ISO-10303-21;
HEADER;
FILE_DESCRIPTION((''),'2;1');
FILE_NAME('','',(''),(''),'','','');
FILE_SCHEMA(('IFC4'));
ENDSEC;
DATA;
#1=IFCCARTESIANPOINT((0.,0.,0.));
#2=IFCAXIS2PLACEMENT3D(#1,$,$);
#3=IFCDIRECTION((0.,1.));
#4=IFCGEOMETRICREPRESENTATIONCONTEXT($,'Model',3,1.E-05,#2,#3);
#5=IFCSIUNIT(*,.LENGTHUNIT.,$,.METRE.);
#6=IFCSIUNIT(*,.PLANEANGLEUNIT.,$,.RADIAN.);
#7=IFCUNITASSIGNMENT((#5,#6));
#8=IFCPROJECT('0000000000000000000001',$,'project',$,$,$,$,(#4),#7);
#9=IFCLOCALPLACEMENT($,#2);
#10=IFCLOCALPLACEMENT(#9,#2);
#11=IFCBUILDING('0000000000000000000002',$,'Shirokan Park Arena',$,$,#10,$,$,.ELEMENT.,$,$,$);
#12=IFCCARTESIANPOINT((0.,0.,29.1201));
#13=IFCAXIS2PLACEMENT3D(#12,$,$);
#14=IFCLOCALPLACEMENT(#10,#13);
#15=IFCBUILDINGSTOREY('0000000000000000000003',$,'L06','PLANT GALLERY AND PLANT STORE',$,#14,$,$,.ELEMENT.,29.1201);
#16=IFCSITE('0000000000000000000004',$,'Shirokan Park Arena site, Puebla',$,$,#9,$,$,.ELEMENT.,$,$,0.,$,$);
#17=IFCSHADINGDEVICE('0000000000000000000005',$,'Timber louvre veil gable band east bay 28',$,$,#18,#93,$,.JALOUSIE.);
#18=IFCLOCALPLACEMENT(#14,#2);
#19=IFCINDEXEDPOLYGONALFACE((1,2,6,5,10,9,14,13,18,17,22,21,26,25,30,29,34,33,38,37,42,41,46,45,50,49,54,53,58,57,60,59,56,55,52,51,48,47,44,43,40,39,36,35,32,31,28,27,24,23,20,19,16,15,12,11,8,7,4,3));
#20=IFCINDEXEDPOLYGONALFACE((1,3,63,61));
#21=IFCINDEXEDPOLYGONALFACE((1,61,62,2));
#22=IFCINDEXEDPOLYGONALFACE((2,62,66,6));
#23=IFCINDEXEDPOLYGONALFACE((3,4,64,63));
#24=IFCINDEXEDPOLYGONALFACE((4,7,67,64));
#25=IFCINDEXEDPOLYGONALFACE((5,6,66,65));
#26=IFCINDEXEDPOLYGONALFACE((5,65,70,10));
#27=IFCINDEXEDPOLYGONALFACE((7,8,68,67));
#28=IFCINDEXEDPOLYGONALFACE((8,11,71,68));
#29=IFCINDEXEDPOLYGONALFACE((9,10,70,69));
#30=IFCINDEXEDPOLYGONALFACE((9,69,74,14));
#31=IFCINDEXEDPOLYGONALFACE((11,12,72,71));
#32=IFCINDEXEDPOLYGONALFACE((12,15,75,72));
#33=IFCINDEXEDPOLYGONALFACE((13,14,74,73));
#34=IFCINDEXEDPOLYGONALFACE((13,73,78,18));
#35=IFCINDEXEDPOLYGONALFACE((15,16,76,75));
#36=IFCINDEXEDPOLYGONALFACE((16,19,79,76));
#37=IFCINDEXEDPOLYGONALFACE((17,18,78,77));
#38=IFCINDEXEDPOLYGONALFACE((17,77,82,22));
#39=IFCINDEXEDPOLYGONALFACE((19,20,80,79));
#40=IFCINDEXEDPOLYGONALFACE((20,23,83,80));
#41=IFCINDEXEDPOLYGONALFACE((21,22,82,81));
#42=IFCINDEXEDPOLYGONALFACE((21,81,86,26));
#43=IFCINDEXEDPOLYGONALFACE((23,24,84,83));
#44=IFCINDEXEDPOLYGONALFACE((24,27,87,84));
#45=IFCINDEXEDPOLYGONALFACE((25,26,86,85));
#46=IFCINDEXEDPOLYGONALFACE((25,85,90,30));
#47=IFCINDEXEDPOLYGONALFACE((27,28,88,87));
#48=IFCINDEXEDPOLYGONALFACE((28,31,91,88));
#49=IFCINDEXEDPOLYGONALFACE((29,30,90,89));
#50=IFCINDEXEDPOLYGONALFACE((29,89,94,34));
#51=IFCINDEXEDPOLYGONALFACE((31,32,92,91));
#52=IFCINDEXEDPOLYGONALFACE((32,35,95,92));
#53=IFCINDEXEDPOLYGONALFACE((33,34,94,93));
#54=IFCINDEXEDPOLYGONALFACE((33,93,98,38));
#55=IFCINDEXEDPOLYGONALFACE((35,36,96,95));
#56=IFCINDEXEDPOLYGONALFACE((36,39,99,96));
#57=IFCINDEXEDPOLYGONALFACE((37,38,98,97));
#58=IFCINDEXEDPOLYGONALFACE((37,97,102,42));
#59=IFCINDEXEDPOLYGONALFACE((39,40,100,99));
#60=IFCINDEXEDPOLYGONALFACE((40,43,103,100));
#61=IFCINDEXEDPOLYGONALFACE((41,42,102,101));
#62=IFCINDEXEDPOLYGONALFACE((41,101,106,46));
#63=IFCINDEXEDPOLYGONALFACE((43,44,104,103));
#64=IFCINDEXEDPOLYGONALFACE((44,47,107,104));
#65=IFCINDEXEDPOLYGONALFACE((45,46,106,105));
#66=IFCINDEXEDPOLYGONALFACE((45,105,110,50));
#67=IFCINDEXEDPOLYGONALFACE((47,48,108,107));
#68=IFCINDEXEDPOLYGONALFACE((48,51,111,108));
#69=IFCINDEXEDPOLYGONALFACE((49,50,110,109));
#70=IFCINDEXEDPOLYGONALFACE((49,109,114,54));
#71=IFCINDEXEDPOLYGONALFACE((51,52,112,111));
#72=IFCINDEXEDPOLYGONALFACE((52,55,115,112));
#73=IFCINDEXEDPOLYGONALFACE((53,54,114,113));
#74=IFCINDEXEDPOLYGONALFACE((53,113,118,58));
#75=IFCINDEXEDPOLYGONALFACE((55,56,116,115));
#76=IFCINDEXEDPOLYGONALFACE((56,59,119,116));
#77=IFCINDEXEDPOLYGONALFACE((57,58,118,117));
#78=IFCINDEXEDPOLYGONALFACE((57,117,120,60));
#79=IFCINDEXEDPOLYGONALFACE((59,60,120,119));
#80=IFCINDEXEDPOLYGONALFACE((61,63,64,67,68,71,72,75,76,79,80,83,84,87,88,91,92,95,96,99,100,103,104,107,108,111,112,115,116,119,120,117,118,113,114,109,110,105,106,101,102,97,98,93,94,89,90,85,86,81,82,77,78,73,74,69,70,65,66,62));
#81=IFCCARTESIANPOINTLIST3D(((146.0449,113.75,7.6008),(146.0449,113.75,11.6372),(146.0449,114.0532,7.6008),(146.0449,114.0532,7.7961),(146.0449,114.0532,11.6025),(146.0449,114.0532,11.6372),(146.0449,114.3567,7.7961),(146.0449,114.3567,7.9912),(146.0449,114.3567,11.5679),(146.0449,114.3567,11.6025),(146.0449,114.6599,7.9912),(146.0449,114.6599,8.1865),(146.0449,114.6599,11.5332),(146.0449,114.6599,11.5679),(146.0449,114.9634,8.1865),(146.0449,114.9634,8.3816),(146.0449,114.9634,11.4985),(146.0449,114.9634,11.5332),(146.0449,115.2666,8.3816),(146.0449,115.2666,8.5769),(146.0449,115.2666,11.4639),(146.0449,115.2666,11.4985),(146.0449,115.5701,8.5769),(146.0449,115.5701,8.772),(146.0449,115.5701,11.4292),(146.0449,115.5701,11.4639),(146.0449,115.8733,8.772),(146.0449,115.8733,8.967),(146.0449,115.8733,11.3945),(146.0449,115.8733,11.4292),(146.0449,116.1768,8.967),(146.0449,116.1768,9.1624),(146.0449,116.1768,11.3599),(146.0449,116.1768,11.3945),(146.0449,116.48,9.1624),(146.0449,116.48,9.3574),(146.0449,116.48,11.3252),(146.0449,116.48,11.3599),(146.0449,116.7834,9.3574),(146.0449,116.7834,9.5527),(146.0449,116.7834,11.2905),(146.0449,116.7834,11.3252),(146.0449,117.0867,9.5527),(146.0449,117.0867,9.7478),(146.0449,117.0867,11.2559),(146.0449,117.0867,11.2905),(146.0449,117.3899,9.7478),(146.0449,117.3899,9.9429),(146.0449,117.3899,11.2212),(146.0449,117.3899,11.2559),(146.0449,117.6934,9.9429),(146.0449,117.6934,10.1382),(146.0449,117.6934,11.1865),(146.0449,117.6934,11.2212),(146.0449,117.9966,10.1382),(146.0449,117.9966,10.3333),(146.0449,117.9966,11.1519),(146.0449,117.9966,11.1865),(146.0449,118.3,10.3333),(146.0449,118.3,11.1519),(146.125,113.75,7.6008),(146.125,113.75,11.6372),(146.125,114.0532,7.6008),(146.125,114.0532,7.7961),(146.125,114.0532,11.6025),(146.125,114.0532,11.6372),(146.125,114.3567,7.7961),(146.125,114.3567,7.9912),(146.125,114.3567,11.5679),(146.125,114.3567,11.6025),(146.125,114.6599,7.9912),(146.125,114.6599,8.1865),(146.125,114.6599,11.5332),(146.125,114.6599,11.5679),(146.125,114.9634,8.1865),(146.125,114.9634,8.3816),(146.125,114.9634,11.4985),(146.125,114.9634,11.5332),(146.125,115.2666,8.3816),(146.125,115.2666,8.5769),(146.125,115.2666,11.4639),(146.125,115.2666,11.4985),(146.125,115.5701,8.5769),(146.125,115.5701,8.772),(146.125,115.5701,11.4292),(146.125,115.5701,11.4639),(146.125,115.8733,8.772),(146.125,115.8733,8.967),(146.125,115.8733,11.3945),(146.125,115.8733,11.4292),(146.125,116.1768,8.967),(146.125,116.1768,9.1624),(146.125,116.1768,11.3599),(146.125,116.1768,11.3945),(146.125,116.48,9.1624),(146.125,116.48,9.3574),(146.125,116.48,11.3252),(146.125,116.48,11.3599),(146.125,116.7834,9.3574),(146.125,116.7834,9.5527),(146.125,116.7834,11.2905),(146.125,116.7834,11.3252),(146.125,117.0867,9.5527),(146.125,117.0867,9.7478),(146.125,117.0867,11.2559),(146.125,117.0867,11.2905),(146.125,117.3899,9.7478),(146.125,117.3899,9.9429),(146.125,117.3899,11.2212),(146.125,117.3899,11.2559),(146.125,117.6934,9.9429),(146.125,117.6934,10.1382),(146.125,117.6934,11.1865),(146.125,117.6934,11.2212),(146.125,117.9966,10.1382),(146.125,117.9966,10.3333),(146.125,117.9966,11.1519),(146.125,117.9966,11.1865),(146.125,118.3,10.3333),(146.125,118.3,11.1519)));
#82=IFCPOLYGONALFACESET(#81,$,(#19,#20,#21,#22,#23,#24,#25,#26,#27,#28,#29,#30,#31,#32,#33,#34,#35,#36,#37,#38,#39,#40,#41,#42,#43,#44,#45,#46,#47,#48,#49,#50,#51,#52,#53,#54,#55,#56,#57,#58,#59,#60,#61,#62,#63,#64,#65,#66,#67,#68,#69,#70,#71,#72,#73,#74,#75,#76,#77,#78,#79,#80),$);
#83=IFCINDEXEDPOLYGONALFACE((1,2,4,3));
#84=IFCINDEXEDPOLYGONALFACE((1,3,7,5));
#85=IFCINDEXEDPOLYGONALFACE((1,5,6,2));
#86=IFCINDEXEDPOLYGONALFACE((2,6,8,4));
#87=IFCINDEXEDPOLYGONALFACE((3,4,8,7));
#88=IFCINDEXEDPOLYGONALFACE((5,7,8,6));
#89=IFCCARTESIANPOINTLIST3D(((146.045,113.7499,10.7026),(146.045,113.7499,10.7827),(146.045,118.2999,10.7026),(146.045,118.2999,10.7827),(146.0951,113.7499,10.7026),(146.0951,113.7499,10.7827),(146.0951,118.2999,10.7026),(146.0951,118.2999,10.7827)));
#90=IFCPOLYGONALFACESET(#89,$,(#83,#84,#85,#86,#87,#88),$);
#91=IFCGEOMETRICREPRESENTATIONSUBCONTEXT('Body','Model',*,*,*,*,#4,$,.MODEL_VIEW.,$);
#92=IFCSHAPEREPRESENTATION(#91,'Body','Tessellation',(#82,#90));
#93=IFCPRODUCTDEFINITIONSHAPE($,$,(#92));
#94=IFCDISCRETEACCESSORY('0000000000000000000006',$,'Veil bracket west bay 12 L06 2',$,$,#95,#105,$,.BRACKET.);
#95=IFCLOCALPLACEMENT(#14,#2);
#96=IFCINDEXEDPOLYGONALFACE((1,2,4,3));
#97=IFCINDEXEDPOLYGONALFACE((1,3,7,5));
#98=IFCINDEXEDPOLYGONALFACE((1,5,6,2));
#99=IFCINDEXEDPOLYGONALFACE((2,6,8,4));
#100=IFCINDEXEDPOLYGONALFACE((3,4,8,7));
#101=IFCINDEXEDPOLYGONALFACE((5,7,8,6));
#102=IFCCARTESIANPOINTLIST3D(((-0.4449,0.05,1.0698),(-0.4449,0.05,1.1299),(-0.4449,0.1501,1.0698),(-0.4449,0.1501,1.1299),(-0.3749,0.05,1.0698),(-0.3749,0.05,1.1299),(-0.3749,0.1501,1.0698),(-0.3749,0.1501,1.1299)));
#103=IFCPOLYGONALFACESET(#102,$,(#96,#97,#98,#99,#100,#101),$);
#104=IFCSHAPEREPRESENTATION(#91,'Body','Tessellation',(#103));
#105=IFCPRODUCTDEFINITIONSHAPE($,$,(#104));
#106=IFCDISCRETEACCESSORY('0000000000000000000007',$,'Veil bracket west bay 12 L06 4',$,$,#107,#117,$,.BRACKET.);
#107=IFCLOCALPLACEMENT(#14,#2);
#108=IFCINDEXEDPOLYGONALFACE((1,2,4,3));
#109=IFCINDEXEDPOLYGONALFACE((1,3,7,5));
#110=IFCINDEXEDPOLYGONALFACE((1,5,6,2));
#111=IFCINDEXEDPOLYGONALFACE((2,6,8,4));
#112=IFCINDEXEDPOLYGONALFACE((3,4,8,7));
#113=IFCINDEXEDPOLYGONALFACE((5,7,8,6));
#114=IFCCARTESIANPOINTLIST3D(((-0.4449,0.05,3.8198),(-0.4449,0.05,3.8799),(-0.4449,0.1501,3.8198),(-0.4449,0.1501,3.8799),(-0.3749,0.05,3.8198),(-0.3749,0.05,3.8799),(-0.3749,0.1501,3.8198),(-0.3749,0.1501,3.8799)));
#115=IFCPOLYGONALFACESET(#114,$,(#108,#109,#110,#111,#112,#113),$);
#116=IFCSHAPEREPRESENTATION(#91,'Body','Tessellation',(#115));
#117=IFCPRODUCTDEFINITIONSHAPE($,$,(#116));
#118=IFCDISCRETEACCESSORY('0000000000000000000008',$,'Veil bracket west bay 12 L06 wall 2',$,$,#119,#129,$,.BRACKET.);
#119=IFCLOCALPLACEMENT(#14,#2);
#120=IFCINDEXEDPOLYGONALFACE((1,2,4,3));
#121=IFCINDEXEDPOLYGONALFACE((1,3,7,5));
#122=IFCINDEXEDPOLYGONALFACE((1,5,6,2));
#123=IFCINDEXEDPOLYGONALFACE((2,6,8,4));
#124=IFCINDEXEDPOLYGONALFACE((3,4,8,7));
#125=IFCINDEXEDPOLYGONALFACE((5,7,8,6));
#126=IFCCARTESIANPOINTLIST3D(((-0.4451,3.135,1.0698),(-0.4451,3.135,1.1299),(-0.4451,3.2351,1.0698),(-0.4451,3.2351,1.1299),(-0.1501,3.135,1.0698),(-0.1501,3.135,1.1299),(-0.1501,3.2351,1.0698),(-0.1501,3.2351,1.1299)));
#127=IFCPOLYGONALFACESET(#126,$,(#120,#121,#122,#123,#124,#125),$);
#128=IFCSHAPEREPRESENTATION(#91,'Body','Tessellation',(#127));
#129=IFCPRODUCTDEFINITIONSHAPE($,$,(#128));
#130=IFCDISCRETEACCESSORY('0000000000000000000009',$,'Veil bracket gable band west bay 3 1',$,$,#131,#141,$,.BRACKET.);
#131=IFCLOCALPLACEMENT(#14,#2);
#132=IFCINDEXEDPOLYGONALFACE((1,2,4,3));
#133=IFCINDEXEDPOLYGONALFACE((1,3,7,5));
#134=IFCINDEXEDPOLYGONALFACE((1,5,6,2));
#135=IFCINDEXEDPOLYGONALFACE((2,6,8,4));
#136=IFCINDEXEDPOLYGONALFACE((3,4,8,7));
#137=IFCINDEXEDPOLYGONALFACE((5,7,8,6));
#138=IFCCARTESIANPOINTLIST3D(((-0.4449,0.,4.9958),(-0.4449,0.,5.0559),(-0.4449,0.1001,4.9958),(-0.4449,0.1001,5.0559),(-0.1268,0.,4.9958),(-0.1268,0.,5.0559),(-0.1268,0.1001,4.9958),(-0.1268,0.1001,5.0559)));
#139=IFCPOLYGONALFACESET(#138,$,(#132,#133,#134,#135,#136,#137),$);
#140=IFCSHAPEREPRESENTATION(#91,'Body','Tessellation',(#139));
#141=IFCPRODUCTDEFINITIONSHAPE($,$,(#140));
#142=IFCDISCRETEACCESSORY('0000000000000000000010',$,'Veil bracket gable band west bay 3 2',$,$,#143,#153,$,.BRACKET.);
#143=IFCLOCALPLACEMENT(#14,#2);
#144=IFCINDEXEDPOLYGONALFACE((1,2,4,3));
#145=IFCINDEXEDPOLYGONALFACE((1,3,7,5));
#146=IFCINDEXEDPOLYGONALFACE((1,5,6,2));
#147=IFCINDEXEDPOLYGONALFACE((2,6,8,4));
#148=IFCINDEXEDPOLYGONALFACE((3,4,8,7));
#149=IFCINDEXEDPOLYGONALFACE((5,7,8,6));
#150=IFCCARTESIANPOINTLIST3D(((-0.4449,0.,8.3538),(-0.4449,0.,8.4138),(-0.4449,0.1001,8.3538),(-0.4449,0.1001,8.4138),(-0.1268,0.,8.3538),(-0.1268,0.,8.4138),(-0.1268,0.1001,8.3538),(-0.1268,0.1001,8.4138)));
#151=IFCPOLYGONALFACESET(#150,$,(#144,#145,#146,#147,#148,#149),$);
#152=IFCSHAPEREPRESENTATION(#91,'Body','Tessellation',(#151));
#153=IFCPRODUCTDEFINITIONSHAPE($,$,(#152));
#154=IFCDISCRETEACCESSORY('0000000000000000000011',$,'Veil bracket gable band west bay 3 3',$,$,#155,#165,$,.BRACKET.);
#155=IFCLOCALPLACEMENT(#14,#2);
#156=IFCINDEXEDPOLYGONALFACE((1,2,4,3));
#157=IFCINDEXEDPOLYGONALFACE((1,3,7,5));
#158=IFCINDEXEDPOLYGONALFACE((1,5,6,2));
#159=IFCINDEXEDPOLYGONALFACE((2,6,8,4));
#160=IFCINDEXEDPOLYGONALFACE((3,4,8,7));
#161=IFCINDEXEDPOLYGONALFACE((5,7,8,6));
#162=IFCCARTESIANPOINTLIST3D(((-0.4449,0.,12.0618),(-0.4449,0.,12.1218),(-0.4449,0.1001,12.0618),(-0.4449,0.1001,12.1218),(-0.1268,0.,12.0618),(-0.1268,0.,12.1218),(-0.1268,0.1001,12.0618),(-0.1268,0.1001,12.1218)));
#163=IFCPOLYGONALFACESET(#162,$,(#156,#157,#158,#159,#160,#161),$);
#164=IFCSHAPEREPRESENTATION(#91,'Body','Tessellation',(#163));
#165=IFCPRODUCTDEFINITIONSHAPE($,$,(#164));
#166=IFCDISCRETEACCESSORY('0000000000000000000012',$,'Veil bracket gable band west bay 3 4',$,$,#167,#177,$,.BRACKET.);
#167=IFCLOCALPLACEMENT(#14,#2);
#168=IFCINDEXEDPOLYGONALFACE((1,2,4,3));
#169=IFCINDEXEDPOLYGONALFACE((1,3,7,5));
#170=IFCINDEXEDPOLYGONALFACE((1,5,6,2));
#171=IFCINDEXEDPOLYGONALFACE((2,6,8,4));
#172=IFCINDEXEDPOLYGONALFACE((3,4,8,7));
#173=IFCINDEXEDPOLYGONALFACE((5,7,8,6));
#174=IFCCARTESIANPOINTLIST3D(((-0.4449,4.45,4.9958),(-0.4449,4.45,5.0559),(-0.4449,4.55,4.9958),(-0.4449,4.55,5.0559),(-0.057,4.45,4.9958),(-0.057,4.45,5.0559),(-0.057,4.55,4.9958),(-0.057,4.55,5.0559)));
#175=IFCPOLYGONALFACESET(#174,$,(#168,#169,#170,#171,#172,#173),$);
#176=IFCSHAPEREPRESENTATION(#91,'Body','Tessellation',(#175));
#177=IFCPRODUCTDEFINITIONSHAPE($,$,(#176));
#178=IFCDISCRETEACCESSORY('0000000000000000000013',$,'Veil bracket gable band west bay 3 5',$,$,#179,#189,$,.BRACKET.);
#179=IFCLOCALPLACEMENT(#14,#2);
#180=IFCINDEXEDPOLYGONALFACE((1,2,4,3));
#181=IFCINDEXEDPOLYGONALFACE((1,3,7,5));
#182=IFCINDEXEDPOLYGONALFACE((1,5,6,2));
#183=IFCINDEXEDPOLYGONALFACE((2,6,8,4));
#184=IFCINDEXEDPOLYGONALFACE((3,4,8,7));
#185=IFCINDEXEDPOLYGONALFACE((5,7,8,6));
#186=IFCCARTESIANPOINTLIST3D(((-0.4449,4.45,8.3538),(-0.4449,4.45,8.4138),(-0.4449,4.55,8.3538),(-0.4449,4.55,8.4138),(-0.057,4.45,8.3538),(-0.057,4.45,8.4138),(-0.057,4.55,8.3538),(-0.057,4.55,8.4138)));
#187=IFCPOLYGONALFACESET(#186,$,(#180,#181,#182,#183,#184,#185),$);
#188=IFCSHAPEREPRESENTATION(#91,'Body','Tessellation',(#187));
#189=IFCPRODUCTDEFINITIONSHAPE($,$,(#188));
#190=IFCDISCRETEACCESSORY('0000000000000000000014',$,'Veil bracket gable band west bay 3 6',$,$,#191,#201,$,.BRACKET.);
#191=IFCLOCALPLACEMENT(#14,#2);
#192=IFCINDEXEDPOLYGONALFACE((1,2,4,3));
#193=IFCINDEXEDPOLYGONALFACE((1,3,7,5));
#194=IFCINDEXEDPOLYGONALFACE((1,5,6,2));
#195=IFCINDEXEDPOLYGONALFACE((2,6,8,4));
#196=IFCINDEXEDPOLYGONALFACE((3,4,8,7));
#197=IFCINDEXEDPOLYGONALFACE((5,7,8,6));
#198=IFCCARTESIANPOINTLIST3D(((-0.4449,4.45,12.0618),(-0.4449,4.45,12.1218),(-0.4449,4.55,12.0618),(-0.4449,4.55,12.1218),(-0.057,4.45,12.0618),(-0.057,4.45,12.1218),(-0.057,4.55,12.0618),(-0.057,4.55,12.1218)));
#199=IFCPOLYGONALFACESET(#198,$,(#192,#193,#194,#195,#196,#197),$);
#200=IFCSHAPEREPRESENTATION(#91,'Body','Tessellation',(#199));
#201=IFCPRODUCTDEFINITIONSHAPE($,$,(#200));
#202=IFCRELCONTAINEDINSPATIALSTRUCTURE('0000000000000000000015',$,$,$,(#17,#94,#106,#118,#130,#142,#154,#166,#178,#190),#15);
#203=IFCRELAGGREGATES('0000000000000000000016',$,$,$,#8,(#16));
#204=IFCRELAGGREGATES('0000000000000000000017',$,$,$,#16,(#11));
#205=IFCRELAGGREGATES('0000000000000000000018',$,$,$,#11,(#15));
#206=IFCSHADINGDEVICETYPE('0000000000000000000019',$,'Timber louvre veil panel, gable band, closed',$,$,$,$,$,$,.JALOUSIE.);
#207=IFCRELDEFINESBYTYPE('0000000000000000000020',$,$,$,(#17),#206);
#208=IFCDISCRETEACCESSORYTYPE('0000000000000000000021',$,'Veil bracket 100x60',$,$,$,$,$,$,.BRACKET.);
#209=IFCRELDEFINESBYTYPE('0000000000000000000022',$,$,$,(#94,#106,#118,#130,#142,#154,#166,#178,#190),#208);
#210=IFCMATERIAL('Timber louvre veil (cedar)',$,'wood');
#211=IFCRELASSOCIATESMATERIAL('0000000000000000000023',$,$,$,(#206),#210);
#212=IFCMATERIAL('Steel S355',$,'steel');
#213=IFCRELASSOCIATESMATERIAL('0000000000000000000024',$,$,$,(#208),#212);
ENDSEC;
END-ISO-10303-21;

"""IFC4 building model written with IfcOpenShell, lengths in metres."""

from ifc_helpers import new_model, si_unit, direction, frame, origin, origin_2d, place, context, subcontext, project, spatial, polyline, rectangle, outline, extrude, material, type_object, element, save


model = new_model("IFC4")

# Units and contexts
model_context = context("Model", 3, precision=1e-05, world=origin(), true_north=direction((0.0, 1.0)))
body_context = subcontext(model_context, "Body", "Model", "MODEL_VIEW")
ifc_project = project(units=[si_unit("LENGTHUNIT", "METRE"), si_unit("PLANEANGLEUNIT", "RADIAN")], contexts=[model_context])

# Site, building, storey
site_placement = place(None, origin())
site = spatial("IfcSite", under=ifc_project, at=site_placement, Name="Shirokan Park Arena site, Puebla", CompositionType="ELEMENT", RefElevation=0.0)
building_placement = place(site_placement, origin())
building = spatial("IfcBuilding", under=site, at=building_placement, Name="Shirokan Park Arena", CompositionType="ELEMENT")
storey_placement = place(building_placement, frame((0.0, 0.0, 29.1201)))
storey = spatial("IfcBuildingStorey", under=building, at=storey_placement, Name="L06", Description="PLANT GALLERY AND PLANT STORE", CompositionType="ELEMENT", Elevation=29.1201)

# Shading device
ifc_material_1 = material(Name="Timber louvre veil (cedar)", Category="wood")
shading_device_type = type_object("IfcShadingDeviceType", Name="Timber louvre veil panel, gable band, closed", PredefinedType="JALOUSIE", material=ifc_material_1)
shading_device_1_placement = place(storey_placement, origin())
element("IfcShadingDevice", 1, at=shading_device_1_placement, inside=storey, type_object=shading_device_type, Name="Timber louvre veil gable band east bay 28", PredefinedType="JALOUSIE", context=body_context, shape_type="SweptSolid", body=[
    extrude(outline(polyline([(113.75, 11.6372), (113.75, 7.6008), (114.0532, 7.6008), (114.0532, 7.7961), (114.3567, 7.7961), (114.3567, 7.9912), (114.6599, 7.9912), (114.6599, 8.1865), (114.9634, 8.1865), (114.9634, 8.3816), (115.2666, 8.3816), (115.2666, 8.5769), (115.5701, 8.5769), (115.5701, 8.772), (115.8733, 8.772), (115.8733, 8.967), (116.1768, 8.967), (116.1768, 9.1624), (116.48, 9.1624), (116.48, 9.3574), (116.7834, 9.3574), (116.7834, 9.5527), (117.0867, 9.5527), (117.0867, 9.7478), (117.3899, 9.7478), (117.3899, 9.9429), (117.6934, 9.9429), (117.6934, 10.1382), (117.9966, 10.1382), (117.9966, 10.3333), (118.3, 10.3333), (118.3, 11.1519), (117.9966, 11.1519), (117.9966, 11.1865), (117.6934, 11.1865), (117.6934, 11.2212), (117.3899, 11.2212), (117.3899, 11.2559), (117.0867, 11.2559), (117.0867, 11.2905), (116.7834, 11.2905), (116.7834, 11.3252), (116.48, 11.3252), (116.48, 11.3599), (116.1768, 11.3599), (116.1768, 11.3945), (115.8733, 11.3945), (115.8733, 11.4292), (115.5701, 11.4292), (115.5701, 11.4639), (115.2666, 11.4639), (115.2666, 11.4985), (114.9634, 11.4985), (114.9634, 11.5332), (114.6599, 11.5332), (114.6599, 11.5679), (114.3567, 11.5679), (114.3567, 11.6025), (114.0532, 11.6025), (114.0532, 11.6372), (113.75, 11.6372)])), frame((146.0449, 0.0, 0.0), z_axis=(1.0, 0.0, 0.0), x_axis=(0.0, 1.0, 0.0)), (0.0, 0.0, 1.0), 0.0801),
    extrude(rectangle(XDim=0.05, YDim=4.55, at=origin_2d()), frame((146.0701, 116.0249, 10.7026), z_axis=(0.0, 0.0, 1.0), x_axis=(1.0, 0.0, 0.0)), (0.0, 0.0, 1.0), 0.0801),
])

# Discrete accessories
ifc_material_2 = material(Name="Steel S355", Category="steel")
discrete_accessory_type = type_object("IfcDiscreteAccessoryType", Name="Veil bracket 100x60", PredefinedType="BRACKET", material=ifc_material_2)
for number, where, z_axis, x_axis, name in (
    (2, (-0.4099, 0.1001, 1.0698), (0.0, 0.0, 1.0), (0.0, -1.0, 0.0), "Veil bracket west bay 12 L06 2"),
    (3, (-0.4099, 0.1001, 3.8198), (0.0, 0.0, 1.0), (0.0, -1.0, 0.0), "Veil bracket west bay 12 L06 4"),
):
    element("IfcDiscreteAccessory", number, at=place(storey_placement, frame(where, z_axis=z_axis, x_axis=x_axis)), inside=storey, type_object=discrete_accessory_type, Name=name, PredefinedType="BRACKET", context=body_context, shape_type="SweptSolid", body=[
        extrude(rectangle(XDim=0.1001, YDim=0.0701, at=origin_2d()), origin(), (0.0, 0.0, 1.0), 0.0601),
    ])
discrete_accessory_placement = place(storey_placement, frame((-0.2976, 3.1851, 1.0698), z_axis=(0.0, 0.0, 1.0), x_axis=(0.0, -1.0, 0.0)))
element("IfcDiscreteAccessory", 4, at=discrete_accessory_placement, inside=storey, type_object=discrete_accessory_type, Name="Veil bracket west bay 12 L06 wall 2", PredefinedType="BRACKET", context=body_context, shape_type="SweptSolid", body=[
    extrude(rectangle(XDim=0.1001, YDim=0.2949, at=origin_2d()), origin(), (0.0, 0.0, 1.0), 0.0601),
])
for number, where, z_axis, x_axis, name in (
    (5, (-0.2859, 0.05, 4.9958), (0.0, 0.0, 1.0), (1.0, 0.0, 0.0), "Veil bracket gable band west bay 3 1"),
    (6, (-0.2859, 0.05, 8.3538), (0.0, 0.0, 1.0), (1.0, 0.0, 0.0), "Veil bracket gable band west bay 3 2"),
    (7, (-0.2859, 0.05, 12.0618), (0.0, 0.0, 1.0), (1.0, 0.0, 0.0), "Veil bracket gable band west bay 3 3"),
):
    element("IfcDiscreteAccessory", number, at=place(storey_placement, frame(where, z_axis=z_axis, x_axis=x_axis)), inside=storey, type_object=discrete_accessory_type, Name=name, PredefinedType="BRACKET", context=body_context, shape_type="SweptSolid", body=[
        extrude(rectangle(XDim=0.3181, YDim=0.1001, at=origin_2d()), origin(), (0.0, 0.0, 1.0), 0.0601),
    ])
for number, where, z_axis, x_axis, name in (
    (8, (-0.251, 4.5, 4.9958), (0.0, 0.0, 1.0), (1.0, 0.0, 0.0), "Veil bracket gable band west bay 3 4"),
    (9, (-0.251, 4.5, 8.3538), (0.0, 0.0, 1.0), (1.0, 0.0, 0.0), "Veil bracket gable band west bay 3 5"),
    (10, (-0.251, 4.5, 12.0618), (0.0, 0.0, 1.0), (1.0, 0.0, 0.0), "Veil bracket gable band west bay 3 6"),
):
    element("IfcDiscreteAccessory", number, at=place(storey_placement, frame(where, z_axis=z_axis, x_axis=x_axis)), inside=storey, type_object=discrete_accessory_type, Name=name, PredefinedType="BRACKET", context=body_context, shape_type="SweptSolid", body=[
        extrude(rectangle(XDim=0.3879, YDim=0.1001, at=origin_2d()), origin(), (0.0, 0.0, 1.0), 0.0601),
    ])

save(model, "model.ifc")
